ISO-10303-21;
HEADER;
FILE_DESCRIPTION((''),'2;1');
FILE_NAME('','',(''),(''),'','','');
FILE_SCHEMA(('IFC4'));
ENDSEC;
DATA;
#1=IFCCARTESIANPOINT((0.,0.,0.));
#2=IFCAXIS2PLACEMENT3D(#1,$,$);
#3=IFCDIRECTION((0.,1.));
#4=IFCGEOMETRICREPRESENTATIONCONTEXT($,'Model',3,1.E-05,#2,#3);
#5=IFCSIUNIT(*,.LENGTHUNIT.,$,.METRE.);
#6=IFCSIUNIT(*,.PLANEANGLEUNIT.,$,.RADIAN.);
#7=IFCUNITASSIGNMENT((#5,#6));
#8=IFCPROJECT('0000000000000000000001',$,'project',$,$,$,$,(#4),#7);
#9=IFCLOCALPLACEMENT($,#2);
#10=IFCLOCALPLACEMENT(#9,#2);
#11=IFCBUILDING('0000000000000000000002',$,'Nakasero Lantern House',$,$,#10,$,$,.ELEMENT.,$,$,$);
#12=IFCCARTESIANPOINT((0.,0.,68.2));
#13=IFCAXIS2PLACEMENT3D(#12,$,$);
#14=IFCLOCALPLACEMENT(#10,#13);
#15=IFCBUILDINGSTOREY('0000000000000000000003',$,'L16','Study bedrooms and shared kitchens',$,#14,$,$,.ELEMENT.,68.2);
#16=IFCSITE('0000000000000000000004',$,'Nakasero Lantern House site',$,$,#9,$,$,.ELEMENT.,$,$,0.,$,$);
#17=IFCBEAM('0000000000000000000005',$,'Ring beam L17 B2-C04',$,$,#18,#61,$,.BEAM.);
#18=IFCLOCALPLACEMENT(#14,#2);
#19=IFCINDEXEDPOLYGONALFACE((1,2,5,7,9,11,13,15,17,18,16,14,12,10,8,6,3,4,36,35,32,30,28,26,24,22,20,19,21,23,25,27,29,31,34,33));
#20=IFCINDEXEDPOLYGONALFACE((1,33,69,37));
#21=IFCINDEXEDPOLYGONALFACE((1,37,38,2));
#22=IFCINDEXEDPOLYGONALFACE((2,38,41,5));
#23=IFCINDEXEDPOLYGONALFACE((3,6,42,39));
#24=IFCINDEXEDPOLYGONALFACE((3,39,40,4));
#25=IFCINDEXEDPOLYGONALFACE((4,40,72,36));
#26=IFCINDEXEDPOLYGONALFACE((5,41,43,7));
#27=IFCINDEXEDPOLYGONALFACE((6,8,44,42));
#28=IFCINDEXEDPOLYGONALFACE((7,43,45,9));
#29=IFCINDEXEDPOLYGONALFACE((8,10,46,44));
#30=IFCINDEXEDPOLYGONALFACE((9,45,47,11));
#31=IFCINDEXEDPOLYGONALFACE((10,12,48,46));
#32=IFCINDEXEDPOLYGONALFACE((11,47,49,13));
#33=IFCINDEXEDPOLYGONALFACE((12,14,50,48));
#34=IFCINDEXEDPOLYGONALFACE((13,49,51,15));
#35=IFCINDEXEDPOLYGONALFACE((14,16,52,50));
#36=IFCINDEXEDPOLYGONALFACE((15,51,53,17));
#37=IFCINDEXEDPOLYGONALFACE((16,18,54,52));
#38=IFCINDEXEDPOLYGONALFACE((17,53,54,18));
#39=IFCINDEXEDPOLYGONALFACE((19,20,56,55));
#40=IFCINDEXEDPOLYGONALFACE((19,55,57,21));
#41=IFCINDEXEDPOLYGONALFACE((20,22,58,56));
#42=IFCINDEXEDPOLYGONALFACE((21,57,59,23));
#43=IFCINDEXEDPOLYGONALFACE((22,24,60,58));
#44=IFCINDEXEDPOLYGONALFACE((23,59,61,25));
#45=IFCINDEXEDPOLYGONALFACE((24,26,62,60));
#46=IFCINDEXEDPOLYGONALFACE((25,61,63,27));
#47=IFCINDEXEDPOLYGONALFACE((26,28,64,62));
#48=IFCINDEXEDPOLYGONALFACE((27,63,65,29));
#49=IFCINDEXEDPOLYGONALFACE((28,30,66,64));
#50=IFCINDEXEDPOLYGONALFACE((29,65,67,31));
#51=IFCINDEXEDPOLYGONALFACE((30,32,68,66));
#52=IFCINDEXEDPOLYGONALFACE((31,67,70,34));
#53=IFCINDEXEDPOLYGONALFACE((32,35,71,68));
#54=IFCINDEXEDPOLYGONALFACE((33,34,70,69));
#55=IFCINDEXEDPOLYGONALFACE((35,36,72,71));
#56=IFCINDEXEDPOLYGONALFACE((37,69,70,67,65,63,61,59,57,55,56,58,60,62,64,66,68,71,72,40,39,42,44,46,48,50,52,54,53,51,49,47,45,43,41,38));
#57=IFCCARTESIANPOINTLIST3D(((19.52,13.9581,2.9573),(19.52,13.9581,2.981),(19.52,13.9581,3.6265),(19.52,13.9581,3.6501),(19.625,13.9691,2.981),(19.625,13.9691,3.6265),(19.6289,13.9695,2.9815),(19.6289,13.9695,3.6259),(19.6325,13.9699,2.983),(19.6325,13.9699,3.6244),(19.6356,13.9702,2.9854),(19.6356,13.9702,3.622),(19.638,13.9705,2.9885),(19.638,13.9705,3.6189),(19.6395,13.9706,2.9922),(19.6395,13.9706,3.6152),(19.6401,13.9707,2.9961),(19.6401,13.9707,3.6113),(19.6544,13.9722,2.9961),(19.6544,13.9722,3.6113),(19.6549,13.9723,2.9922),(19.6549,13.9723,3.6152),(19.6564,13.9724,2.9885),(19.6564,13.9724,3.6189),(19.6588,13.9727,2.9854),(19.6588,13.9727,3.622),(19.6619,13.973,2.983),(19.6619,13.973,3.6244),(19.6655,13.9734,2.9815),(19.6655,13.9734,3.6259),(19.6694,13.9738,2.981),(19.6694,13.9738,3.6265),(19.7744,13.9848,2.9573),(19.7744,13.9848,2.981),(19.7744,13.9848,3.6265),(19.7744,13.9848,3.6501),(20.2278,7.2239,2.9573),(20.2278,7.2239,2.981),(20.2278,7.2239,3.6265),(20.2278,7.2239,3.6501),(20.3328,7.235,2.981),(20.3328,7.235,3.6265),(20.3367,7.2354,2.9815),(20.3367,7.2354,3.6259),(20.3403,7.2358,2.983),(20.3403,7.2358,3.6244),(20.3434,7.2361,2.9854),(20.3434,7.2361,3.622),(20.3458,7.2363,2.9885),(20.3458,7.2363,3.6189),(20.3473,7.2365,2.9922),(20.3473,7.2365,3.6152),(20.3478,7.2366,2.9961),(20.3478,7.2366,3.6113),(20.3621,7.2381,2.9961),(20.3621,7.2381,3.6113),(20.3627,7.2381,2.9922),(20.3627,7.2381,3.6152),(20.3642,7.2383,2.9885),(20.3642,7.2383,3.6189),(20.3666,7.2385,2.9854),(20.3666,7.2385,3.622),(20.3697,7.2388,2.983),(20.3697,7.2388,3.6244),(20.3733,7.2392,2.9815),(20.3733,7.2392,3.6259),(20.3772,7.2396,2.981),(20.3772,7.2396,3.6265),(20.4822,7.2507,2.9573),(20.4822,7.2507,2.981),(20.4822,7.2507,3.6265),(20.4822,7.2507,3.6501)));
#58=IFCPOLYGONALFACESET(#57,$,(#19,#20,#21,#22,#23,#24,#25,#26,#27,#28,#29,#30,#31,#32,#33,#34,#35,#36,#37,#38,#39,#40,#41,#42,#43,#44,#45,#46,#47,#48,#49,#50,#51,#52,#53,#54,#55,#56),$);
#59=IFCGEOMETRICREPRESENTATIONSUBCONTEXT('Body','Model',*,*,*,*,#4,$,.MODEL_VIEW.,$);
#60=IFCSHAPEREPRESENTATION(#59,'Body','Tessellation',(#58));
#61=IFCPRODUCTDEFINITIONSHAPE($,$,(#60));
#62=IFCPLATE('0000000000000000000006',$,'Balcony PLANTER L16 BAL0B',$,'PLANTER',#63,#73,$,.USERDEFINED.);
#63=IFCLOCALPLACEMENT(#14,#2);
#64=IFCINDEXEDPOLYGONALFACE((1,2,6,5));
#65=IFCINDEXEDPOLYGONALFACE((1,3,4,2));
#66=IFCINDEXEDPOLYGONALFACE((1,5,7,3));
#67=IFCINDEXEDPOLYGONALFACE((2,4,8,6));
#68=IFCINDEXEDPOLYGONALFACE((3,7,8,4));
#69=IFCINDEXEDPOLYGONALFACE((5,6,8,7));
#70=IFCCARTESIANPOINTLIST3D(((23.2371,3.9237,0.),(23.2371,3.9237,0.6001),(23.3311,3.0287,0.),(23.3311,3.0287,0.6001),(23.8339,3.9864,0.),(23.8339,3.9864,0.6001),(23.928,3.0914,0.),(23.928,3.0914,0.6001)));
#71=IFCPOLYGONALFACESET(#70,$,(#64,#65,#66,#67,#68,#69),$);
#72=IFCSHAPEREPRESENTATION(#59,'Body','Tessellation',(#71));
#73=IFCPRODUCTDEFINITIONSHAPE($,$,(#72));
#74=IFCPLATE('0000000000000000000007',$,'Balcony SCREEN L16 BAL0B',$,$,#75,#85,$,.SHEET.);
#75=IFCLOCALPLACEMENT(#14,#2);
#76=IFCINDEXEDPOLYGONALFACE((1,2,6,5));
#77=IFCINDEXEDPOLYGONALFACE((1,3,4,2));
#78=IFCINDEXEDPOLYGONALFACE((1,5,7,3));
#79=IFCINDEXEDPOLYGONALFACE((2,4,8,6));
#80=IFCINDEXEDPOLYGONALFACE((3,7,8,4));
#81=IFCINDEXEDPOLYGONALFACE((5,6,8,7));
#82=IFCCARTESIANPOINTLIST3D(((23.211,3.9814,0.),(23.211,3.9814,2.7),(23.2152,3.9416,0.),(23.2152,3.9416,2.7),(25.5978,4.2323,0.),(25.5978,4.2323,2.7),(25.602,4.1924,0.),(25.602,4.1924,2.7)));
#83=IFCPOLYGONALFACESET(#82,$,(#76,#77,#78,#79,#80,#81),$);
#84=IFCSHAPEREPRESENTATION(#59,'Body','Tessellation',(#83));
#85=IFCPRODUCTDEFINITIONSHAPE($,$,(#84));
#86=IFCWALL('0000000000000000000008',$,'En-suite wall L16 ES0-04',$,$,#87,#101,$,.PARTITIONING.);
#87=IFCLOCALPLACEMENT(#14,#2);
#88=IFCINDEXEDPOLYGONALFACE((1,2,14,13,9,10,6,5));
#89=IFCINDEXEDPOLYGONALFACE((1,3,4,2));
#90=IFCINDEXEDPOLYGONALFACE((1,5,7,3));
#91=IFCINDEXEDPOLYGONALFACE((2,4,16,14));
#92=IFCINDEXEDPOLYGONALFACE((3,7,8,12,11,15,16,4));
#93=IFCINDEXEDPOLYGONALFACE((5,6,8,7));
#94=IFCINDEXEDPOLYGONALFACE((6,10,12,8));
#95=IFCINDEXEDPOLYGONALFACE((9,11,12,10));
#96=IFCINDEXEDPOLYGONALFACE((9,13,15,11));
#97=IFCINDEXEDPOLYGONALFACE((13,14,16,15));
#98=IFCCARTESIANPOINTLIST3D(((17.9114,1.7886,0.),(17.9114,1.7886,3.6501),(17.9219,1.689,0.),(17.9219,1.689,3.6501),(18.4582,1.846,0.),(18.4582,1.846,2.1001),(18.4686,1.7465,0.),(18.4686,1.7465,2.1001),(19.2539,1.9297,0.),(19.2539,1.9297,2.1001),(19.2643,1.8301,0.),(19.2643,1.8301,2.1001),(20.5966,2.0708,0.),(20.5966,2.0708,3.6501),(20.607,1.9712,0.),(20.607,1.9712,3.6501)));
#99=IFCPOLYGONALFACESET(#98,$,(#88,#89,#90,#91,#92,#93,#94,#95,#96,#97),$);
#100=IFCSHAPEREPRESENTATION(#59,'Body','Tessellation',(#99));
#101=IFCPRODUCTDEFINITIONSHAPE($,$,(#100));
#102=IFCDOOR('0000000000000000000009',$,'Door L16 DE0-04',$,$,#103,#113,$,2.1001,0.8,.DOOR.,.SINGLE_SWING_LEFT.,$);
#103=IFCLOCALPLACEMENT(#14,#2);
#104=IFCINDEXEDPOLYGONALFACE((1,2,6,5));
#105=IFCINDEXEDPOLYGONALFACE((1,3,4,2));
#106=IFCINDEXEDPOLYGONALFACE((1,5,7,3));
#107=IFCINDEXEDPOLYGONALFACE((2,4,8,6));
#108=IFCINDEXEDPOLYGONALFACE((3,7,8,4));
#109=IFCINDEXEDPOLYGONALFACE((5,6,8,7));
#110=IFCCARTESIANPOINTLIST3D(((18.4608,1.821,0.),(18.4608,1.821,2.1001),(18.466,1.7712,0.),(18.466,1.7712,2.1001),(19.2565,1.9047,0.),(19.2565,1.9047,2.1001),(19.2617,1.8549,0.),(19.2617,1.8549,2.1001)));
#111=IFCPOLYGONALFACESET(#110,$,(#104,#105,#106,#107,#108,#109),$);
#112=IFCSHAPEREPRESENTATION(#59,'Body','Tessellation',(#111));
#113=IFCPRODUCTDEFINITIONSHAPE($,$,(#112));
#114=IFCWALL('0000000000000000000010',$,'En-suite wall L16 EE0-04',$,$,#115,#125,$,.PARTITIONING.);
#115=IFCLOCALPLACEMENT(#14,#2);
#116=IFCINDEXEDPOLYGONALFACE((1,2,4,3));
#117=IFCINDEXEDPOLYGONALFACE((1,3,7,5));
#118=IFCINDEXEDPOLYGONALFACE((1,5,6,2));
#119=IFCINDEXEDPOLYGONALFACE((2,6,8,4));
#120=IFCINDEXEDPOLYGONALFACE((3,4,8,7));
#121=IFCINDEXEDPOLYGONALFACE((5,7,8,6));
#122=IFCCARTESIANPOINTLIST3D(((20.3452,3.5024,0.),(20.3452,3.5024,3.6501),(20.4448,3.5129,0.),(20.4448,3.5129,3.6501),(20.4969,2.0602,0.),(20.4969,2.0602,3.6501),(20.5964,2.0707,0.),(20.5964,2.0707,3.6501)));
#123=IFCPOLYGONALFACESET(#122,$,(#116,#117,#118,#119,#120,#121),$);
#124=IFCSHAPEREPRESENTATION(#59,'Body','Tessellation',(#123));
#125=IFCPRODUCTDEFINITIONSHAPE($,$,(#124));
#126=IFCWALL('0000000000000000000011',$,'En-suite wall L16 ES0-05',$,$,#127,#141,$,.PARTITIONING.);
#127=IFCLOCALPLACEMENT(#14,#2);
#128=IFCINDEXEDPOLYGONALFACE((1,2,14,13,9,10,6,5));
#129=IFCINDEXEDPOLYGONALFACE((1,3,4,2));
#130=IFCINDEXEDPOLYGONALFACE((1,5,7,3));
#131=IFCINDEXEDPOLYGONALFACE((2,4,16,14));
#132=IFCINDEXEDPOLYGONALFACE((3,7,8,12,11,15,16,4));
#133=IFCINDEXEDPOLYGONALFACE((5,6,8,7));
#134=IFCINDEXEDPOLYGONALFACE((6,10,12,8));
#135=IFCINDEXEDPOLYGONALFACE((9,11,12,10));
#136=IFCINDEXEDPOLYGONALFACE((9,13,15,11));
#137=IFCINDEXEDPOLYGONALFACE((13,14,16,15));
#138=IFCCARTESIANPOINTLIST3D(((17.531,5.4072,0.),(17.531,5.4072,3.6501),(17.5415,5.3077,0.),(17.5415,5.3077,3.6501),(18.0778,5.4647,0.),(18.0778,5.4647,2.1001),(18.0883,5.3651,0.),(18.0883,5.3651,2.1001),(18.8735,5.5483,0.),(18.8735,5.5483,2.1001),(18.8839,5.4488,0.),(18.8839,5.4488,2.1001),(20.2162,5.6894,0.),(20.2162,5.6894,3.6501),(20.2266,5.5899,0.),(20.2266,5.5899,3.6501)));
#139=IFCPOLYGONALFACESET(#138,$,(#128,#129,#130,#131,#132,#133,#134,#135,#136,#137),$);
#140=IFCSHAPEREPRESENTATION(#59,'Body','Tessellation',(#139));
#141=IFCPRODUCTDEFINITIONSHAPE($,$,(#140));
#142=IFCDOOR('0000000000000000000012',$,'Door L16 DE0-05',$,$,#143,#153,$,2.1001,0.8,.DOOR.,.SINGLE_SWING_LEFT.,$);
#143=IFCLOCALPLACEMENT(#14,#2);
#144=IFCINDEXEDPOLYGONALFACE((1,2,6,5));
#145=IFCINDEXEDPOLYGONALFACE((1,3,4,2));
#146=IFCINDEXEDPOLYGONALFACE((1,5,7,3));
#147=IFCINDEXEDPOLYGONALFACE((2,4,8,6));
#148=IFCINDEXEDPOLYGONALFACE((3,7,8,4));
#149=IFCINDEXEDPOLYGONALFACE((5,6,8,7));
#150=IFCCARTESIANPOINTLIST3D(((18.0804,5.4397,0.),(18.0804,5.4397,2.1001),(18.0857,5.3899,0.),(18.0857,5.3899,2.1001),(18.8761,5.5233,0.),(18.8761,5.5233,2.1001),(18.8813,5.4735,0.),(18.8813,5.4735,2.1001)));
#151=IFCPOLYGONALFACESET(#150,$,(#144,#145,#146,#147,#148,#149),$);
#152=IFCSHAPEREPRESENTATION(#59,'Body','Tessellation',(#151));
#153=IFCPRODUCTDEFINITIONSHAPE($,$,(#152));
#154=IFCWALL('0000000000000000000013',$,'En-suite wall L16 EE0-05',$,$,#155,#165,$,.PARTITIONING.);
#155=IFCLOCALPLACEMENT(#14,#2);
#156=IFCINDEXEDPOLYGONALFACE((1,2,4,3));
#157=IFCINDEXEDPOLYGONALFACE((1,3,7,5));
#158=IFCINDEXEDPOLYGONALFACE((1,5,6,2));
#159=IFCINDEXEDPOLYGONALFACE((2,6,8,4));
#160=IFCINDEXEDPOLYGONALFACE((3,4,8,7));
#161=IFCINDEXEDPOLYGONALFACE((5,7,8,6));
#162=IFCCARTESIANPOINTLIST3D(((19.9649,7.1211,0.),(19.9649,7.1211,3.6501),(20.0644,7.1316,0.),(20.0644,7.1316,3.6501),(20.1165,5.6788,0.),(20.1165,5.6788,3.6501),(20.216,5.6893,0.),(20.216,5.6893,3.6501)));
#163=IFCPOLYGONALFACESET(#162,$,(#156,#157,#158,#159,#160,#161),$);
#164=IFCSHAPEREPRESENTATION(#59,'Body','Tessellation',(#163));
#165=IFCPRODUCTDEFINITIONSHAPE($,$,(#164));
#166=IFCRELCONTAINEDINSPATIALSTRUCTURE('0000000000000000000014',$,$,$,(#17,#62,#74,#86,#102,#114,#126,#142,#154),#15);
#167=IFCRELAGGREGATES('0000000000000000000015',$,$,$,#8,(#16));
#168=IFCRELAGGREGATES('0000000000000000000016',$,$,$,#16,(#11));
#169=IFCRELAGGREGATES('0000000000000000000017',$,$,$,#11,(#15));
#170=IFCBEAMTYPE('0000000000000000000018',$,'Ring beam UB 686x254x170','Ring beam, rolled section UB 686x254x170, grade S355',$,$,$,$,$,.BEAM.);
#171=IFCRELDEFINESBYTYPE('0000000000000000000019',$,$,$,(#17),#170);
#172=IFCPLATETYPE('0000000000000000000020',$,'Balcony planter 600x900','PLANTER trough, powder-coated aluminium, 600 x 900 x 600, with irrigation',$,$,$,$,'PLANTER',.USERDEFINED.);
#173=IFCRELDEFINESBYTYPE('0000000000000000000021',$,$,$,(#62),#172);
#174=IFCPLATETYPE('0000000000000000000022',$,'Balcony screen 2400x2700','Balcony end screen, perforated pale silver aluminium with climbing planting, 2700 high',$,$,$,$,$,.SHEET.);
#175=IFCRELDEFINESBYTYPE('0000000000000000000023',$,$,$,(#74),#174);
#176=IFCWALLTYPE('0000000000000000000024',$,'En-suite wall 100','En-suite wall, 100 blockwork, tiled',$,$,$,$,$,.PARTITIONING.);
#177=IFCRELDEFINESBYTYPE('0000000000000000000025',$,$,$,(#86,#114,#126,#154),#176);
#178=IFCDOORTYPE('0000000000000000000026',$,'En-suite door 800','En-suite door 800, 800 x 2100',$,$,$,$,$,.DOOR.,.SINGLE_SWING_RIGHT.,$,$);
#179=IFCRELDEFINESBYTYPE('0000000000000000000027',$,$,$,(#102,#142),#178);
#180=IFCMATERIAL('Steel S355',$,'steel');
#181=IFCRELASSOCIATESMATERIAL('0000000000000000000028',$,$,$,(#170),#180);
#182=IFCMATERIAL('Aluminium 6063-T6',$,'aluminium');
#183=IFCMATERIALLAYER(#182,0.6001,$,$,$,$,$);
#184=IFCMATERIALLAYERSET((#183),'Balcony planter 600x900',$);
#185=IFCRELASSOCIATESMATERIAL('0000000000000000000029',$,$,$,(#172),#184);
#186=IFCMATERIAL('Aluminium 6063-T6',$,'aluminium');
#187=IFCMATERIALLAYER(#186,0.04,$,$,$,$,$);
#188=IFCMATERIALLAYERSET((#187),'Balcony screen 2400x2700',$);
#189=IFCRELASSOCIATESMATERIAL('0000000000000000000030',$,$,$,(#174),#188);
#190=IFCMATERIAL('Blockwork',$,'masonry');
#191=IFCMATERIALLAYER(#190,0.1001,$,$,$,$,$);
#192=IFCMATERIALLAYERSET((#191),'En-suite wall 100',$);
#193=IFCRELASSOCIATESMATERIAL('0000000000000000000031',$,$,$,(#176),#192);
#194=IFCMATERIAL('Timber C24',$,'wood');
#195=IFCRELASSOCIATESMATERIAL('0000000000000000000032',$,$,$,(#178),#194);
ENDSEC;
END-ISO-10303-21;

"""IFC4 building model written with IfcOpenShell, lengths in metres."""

from ifc_helpers import new_model, si_unit, direction, frame, frame_2d, origin, origin_2d, place, context, subcontext, project, spatial, rectangle, i_section, extrude, material, layer, layer_set, material_profile, profile_set, type_object, element, fill, save


model = new_model("IFC4")

# Units and contexts
model_context = context("Model", 3, precision=1e-05, world=origin(), true_north=direction((0.0, 1.0)))
body_context = subcontext(model_context, "Body", "Model", "MODEL_VIEW")
ifc_project = project(units=[si_unit("LENGTHUNIT", "METRE"), si_unit("PLANEANGLEUNIT", "RADIAN")], contexts=[model_context])

# Site, building, storey
site_placement = place(None, origin())
site = spatial("IfcSite", under=ifc_project, at=site_placement, Name="Nakasero Lantern House site", CompositionType="ELEMENT", RefElevation=0.0)
building_placement = place(site_placement, origin())
building = spatial("IfcBuilding", under=site, at=building_placement, Name="Nakasero Lantern House", CompositionType="ELEMENT")
storey_placement = place(building_placement, frame((0.0, 0.0, 68.2)))
storey = spatial("IfcBuildingStorey", under=building, at=storey_placement, Name="L16", Description="Study bedrooms and shared kitchens", CompositionType="ELEMENT", Elevation=68.2)

# Beam
ifc_material_1 = material(Name="Steel S355", Category="steel")
ifc_material_profile_1 = material_profile(ifc_material_1, i_section(OverallWidth=0.2559, OverallDepth=0.6929, WebThickness=0.0144, FlangeThickness=0.0237, FilletRadius=0.0151, at=origin_2d()), Name="UB 686x254x170")
ifc_profile_set_1 = profile_set([ifc_material_profile_1], Name="Steel S355")
beam_type_1 = type_object("IfcBeamType", Name="Ring beam UB 686x254x170", Description="Ring beam, rolled section UB 686x254x170, grade S355", PredefinedType="BEAM", material=ifc_profile_set_1)
beam_1_placement = place(storey_placement, frame((20.355, 7.2373, 3.3037), z_axis=(-0.104525, 0.994522, 0.0), x_axis=(-0.994522, -0.104525, 0.0)))
element("IfcBeam", 1, at=beam_1_placement, inside=storey, type_object=beam_type_1, Name="Ring beam L17 B2-C04", PredefinedType="BEAM", context=body_context, shape_type="SweptSolid", body=[
    extrude(i_section(OverallWidth=0.2559, OverallDepth=0.6929, WebThickness=0.0144, FlangeThickness=0.0237, FilletRadius=0.0151, at=origin_2d()), origin(), (0.0, 0.0, 1.0), 6.7712),
])

# Plates
ifc_material_2 = material(Name="Aluminium 6063-T6", Category="aluminium")
ifc_layer_1 = layer(ifc_material_2, 0.6001)
ifc_layer_set_1 = layer_set([ifc_layer_1], Name="Balcony planter 600x900")
plate_type_1 = type_object("IfcPlateType", Name="Balcony planter 600x900", Description="PLANTER trough, powder-coated aluminium, 600 x 900 x 600, with irrigation", ElementType="PLANTER", PredefinedType="USERDEFINED", material=ifc_layer_set_1)
plate_1_placement = place(storey_placement, frame((23.5825, 3.5076, 0.0), z_axis=(0.0, 0.0, 1.0), x_axis=(0.994522, 0.104528, 0.0)))
element("IfcPlate", 2, at=plate_1_placement, inside=storey, type_object=plate_type_1, Name="Balcony PLANTER L16 BAL0B", ObjectType="PLANTER", PredefinedType="USERDEFINED", context=body_context, shape_type="SweptSolid", body=[
    extrude(rectangle(XDim=0.6001, YDim=0.8999, at=origin_2d()), origin(), (0.0, 0.0, 1.0), 0.6001),
])
ifc_material_3 = material(Name="Aluminium 6063-T6", Category="aluminium")
ifc_layer_2 = layer(ifc_material_3, 0.04)
ifc_layer_set_2 = layer_set([ifc_layer_2], Name="Balcony screen 2400x2700")
plate_type_2 = type_object("IfcPlateType", Name="Balcony screen 2400x2700", Description="Balcony end screen, perforated pale silver aluminium with climbing planting, 2700 high", PredefinedType="SHEET", material=ifc_layer_set_2)
plate_2_placement = place(storey_placement, frame((24.4065, 4.0869, 0.0), z_axis=(0.0, 0.0, 1.0), x_axis=(0.994522, 0.104528, 0.0)))
element("IfcPlate", 3, at=plate_2_placement, inside=storey, type_object=plate_type_2, Name="Balcony SCREEN L16 BAL0B", PredefinedType="SHEET", context=body_context, shape_type="SweptSolid", body=[
    extrude(rectangle(XDim=2.3999, YDim=0.04, at=origin_2d()), origin(), (0.0, 0.0, 1.0), 2.7),
])

# Wall, opening, door
ifc_material_4 = material(Name="Blockwork", Category="masonry")
ifc_layer_3 = layer(ifc_material_4, 0.1001)
ifc_layer_set_3 = layer_set([ifc_layer_3], Name="En-suite wall 100")
wall_type_1 = type_object("IfcWallType", Name="En-suite wall 100", Description="En-suite wall, 100 blockwork, tiled", PredefinedType="PARTITIONING", material=ifc_layer_set_3)
wall_1_placement = place(storey_placement, frame((17.9165, 1.7388, 0.0), z_axis=(0.0, 0.0, 1.0), x_axis=(0.994521, 0.104534, 0.0)))
wall_1 = element("IfcWall", 4, at=wall_1_placement, inside=storey, type_object=wall_type_1, Name="En-suite wall L16 ES0-04", PredefinedType="PARTITIONING", context=body_context, shape_type="SweptSolid", body=[
    extrude(rectangle(XDim=2.7, YDim=0.1001, at=frame_2d((1.3501, 0.0))), origin(), (0.0, 0.0, 1.0), 3.6501),
])
opening_1_placement = place(wall_1_placement, frame((0.55, 0.0, 0.0)))
opening_1 = element("IfcOpeningElement", 5, at=opening_1_placement, cuts=wall_1, PredefinedType="OPENING", context=body_context, shape_type="SweptSolid", body=[
    extrude(rectangle(XDim=0.8, YDim=2.1001, at=frame_2d((0.3999, 1.05))), frame((0.0, 0.0701, 0.0), z_axis=(0.0, -1.0, 0.0), x_axis=(1.0, 0.0, 0.0)), (0.0, 0.0, 1.0), 0.1401),
])
ifc_material_5 = material(Name="Timber C24", Category="wood")
door_type = type_object("IfcDoorType", Name="En-suite door 800", Description="En-suite door 800, 800 x 2100", OperationType="SINGLE_SWING_RIGHT", PredefinedType="DOOR", material=ifc_material_5)
door_1_placement = place(opening_1_placement, origin())
door_1 = element("IfcDoor", 6, at=door_1_placement, inside=storey, type_object=door_type, Name="Door L16 DE0-04", OperationType="SINGLE_SWING_LEFT", OverallHeight=2.1001, OverallWidth=0.8, PredefinedType="DOOR", context=body_context, shape_type="SweptSolid", body=[
    extrude(rectangle(XDim=0.8, YDim=2.1001, at=frame_2d((0.3999, 1.05))), frame((0.0, 0.0249, 0.0), z_axis=(0.0, -1.0, 0.0), x_axis=(1.0, 0.0, 0.0)), (0.0, 0.0, 1.0), 0.05),
])
fill(opening_1, door_1)

# Wall
wall_2_placement = place(storey_placement, frame((20.5466, 2.0654, 0.0), z_axis=(0.0, 0.0, 1.0), x_axis=(-0.104553, 0.994519, 0.0)))
element("IfcWall", 7, at=wall_2_placement, inside=storey, type_object=wall_type_1, Name="En-suite wall L16 EE0-04", PredefinedType="PARTITIONING", context=body_context, shape_type="SweptSolid", body=[
    extrude(rectangle(XDim=1.4502, YDim=0.1001, at=frame_2d((0.7251, 0.0))), origin(), (0.0, 0.0, 1.0), 3.6501),
])

# Wall, opening, door
wall_3_placement = place(storey_placement, frame((17.5361, 5.3574, 0.0), z_axis=(0.0, 0.0, 1.0), x_axis=(0.994521, 0.104534, 0.0)))
wall_3 = element("IfcWall", 8, at=wall_3_placement, inside=storey, type_object=wall_type_1, Name="En-suite wall L16 ES0-05", PredefinedType="PARTITIONING", context=body_context, shape_type="SweptSolid", body=[
    extrude(rectangle(XDim=2.7, YDim=0.1001, at=frame_2d((1.3501, 0.0))), origin(), (0.0, 0.0, 1.0), 3.6501),
])
opening_2_placement = place(wall_3_placement, frame((0.55, 0.0, 0.0)))
opening_2 = element("IfcOpeningElement", 9, at=opening_2_placement, cuts=wall_3, PredefinedType="OPENING", context=body_context, shape_type="SweptSolid", body=[
    extrude(rectangle(XDim=0.8, YDim=2.1001, at=frame_2d((0.3999, 1.05))), frame((0.0, 0.0701, 0.0), z_axis=(0.0, -1.0, 0.0), x_axis=(1.0, 0.0, 0.0)), (0.0, 0.0, 1.0), 0.1401),
])
door_2_placement = place(opening_2_placement, origin())
door_2 = element("IfcDoor", 10, at=door_2_placement, inside=storey, type_object=door_type, Name="Door L16 DE0-05", OperationType="SINGLE_SWING_LEFT", OverallHeight=2.1001, OverallWidth=0.8, PredefinedType="DOOR", context=body_context, shape_type="SweptSolid", body=[
    extrude(rectangle(XDim=0.8, YDim=2.1001, at=frame_2d((0.3999, 1.05))), frame((0.0, 0.0249, 0.0), z_axis=(0.0, -1.0, 0.0), x_axis=(1.0, 0.0, 0.0)), (0.0, 0.0, 1.0), 0.05),
])
fill(opening_2, door_2)

# Wall
wall_4_placement = place(storey_placement, frame((20.1663, 5.6841, 0.0), z_axis=(0.0, 0.0, 1.0), x_axis=(-0.104553, 0.994519, 0.0)))
element("IfcWall", 11, at=wall_4_placement, inside=storey, type_object=wall_type_1, Name="En-suite wall L16 EE0-05", PredefinedType="PARTITIONING", context=body_context, shape_type="SweptSolid", body=[
    extrude(rectangle(XDim=1.4502, YDim=0.1001, at=frame_2d((0.7251, 0.0))), origin(), (0.0, 0.0, 1.0), 3.6501),
])

save(model, "model.ifc")
